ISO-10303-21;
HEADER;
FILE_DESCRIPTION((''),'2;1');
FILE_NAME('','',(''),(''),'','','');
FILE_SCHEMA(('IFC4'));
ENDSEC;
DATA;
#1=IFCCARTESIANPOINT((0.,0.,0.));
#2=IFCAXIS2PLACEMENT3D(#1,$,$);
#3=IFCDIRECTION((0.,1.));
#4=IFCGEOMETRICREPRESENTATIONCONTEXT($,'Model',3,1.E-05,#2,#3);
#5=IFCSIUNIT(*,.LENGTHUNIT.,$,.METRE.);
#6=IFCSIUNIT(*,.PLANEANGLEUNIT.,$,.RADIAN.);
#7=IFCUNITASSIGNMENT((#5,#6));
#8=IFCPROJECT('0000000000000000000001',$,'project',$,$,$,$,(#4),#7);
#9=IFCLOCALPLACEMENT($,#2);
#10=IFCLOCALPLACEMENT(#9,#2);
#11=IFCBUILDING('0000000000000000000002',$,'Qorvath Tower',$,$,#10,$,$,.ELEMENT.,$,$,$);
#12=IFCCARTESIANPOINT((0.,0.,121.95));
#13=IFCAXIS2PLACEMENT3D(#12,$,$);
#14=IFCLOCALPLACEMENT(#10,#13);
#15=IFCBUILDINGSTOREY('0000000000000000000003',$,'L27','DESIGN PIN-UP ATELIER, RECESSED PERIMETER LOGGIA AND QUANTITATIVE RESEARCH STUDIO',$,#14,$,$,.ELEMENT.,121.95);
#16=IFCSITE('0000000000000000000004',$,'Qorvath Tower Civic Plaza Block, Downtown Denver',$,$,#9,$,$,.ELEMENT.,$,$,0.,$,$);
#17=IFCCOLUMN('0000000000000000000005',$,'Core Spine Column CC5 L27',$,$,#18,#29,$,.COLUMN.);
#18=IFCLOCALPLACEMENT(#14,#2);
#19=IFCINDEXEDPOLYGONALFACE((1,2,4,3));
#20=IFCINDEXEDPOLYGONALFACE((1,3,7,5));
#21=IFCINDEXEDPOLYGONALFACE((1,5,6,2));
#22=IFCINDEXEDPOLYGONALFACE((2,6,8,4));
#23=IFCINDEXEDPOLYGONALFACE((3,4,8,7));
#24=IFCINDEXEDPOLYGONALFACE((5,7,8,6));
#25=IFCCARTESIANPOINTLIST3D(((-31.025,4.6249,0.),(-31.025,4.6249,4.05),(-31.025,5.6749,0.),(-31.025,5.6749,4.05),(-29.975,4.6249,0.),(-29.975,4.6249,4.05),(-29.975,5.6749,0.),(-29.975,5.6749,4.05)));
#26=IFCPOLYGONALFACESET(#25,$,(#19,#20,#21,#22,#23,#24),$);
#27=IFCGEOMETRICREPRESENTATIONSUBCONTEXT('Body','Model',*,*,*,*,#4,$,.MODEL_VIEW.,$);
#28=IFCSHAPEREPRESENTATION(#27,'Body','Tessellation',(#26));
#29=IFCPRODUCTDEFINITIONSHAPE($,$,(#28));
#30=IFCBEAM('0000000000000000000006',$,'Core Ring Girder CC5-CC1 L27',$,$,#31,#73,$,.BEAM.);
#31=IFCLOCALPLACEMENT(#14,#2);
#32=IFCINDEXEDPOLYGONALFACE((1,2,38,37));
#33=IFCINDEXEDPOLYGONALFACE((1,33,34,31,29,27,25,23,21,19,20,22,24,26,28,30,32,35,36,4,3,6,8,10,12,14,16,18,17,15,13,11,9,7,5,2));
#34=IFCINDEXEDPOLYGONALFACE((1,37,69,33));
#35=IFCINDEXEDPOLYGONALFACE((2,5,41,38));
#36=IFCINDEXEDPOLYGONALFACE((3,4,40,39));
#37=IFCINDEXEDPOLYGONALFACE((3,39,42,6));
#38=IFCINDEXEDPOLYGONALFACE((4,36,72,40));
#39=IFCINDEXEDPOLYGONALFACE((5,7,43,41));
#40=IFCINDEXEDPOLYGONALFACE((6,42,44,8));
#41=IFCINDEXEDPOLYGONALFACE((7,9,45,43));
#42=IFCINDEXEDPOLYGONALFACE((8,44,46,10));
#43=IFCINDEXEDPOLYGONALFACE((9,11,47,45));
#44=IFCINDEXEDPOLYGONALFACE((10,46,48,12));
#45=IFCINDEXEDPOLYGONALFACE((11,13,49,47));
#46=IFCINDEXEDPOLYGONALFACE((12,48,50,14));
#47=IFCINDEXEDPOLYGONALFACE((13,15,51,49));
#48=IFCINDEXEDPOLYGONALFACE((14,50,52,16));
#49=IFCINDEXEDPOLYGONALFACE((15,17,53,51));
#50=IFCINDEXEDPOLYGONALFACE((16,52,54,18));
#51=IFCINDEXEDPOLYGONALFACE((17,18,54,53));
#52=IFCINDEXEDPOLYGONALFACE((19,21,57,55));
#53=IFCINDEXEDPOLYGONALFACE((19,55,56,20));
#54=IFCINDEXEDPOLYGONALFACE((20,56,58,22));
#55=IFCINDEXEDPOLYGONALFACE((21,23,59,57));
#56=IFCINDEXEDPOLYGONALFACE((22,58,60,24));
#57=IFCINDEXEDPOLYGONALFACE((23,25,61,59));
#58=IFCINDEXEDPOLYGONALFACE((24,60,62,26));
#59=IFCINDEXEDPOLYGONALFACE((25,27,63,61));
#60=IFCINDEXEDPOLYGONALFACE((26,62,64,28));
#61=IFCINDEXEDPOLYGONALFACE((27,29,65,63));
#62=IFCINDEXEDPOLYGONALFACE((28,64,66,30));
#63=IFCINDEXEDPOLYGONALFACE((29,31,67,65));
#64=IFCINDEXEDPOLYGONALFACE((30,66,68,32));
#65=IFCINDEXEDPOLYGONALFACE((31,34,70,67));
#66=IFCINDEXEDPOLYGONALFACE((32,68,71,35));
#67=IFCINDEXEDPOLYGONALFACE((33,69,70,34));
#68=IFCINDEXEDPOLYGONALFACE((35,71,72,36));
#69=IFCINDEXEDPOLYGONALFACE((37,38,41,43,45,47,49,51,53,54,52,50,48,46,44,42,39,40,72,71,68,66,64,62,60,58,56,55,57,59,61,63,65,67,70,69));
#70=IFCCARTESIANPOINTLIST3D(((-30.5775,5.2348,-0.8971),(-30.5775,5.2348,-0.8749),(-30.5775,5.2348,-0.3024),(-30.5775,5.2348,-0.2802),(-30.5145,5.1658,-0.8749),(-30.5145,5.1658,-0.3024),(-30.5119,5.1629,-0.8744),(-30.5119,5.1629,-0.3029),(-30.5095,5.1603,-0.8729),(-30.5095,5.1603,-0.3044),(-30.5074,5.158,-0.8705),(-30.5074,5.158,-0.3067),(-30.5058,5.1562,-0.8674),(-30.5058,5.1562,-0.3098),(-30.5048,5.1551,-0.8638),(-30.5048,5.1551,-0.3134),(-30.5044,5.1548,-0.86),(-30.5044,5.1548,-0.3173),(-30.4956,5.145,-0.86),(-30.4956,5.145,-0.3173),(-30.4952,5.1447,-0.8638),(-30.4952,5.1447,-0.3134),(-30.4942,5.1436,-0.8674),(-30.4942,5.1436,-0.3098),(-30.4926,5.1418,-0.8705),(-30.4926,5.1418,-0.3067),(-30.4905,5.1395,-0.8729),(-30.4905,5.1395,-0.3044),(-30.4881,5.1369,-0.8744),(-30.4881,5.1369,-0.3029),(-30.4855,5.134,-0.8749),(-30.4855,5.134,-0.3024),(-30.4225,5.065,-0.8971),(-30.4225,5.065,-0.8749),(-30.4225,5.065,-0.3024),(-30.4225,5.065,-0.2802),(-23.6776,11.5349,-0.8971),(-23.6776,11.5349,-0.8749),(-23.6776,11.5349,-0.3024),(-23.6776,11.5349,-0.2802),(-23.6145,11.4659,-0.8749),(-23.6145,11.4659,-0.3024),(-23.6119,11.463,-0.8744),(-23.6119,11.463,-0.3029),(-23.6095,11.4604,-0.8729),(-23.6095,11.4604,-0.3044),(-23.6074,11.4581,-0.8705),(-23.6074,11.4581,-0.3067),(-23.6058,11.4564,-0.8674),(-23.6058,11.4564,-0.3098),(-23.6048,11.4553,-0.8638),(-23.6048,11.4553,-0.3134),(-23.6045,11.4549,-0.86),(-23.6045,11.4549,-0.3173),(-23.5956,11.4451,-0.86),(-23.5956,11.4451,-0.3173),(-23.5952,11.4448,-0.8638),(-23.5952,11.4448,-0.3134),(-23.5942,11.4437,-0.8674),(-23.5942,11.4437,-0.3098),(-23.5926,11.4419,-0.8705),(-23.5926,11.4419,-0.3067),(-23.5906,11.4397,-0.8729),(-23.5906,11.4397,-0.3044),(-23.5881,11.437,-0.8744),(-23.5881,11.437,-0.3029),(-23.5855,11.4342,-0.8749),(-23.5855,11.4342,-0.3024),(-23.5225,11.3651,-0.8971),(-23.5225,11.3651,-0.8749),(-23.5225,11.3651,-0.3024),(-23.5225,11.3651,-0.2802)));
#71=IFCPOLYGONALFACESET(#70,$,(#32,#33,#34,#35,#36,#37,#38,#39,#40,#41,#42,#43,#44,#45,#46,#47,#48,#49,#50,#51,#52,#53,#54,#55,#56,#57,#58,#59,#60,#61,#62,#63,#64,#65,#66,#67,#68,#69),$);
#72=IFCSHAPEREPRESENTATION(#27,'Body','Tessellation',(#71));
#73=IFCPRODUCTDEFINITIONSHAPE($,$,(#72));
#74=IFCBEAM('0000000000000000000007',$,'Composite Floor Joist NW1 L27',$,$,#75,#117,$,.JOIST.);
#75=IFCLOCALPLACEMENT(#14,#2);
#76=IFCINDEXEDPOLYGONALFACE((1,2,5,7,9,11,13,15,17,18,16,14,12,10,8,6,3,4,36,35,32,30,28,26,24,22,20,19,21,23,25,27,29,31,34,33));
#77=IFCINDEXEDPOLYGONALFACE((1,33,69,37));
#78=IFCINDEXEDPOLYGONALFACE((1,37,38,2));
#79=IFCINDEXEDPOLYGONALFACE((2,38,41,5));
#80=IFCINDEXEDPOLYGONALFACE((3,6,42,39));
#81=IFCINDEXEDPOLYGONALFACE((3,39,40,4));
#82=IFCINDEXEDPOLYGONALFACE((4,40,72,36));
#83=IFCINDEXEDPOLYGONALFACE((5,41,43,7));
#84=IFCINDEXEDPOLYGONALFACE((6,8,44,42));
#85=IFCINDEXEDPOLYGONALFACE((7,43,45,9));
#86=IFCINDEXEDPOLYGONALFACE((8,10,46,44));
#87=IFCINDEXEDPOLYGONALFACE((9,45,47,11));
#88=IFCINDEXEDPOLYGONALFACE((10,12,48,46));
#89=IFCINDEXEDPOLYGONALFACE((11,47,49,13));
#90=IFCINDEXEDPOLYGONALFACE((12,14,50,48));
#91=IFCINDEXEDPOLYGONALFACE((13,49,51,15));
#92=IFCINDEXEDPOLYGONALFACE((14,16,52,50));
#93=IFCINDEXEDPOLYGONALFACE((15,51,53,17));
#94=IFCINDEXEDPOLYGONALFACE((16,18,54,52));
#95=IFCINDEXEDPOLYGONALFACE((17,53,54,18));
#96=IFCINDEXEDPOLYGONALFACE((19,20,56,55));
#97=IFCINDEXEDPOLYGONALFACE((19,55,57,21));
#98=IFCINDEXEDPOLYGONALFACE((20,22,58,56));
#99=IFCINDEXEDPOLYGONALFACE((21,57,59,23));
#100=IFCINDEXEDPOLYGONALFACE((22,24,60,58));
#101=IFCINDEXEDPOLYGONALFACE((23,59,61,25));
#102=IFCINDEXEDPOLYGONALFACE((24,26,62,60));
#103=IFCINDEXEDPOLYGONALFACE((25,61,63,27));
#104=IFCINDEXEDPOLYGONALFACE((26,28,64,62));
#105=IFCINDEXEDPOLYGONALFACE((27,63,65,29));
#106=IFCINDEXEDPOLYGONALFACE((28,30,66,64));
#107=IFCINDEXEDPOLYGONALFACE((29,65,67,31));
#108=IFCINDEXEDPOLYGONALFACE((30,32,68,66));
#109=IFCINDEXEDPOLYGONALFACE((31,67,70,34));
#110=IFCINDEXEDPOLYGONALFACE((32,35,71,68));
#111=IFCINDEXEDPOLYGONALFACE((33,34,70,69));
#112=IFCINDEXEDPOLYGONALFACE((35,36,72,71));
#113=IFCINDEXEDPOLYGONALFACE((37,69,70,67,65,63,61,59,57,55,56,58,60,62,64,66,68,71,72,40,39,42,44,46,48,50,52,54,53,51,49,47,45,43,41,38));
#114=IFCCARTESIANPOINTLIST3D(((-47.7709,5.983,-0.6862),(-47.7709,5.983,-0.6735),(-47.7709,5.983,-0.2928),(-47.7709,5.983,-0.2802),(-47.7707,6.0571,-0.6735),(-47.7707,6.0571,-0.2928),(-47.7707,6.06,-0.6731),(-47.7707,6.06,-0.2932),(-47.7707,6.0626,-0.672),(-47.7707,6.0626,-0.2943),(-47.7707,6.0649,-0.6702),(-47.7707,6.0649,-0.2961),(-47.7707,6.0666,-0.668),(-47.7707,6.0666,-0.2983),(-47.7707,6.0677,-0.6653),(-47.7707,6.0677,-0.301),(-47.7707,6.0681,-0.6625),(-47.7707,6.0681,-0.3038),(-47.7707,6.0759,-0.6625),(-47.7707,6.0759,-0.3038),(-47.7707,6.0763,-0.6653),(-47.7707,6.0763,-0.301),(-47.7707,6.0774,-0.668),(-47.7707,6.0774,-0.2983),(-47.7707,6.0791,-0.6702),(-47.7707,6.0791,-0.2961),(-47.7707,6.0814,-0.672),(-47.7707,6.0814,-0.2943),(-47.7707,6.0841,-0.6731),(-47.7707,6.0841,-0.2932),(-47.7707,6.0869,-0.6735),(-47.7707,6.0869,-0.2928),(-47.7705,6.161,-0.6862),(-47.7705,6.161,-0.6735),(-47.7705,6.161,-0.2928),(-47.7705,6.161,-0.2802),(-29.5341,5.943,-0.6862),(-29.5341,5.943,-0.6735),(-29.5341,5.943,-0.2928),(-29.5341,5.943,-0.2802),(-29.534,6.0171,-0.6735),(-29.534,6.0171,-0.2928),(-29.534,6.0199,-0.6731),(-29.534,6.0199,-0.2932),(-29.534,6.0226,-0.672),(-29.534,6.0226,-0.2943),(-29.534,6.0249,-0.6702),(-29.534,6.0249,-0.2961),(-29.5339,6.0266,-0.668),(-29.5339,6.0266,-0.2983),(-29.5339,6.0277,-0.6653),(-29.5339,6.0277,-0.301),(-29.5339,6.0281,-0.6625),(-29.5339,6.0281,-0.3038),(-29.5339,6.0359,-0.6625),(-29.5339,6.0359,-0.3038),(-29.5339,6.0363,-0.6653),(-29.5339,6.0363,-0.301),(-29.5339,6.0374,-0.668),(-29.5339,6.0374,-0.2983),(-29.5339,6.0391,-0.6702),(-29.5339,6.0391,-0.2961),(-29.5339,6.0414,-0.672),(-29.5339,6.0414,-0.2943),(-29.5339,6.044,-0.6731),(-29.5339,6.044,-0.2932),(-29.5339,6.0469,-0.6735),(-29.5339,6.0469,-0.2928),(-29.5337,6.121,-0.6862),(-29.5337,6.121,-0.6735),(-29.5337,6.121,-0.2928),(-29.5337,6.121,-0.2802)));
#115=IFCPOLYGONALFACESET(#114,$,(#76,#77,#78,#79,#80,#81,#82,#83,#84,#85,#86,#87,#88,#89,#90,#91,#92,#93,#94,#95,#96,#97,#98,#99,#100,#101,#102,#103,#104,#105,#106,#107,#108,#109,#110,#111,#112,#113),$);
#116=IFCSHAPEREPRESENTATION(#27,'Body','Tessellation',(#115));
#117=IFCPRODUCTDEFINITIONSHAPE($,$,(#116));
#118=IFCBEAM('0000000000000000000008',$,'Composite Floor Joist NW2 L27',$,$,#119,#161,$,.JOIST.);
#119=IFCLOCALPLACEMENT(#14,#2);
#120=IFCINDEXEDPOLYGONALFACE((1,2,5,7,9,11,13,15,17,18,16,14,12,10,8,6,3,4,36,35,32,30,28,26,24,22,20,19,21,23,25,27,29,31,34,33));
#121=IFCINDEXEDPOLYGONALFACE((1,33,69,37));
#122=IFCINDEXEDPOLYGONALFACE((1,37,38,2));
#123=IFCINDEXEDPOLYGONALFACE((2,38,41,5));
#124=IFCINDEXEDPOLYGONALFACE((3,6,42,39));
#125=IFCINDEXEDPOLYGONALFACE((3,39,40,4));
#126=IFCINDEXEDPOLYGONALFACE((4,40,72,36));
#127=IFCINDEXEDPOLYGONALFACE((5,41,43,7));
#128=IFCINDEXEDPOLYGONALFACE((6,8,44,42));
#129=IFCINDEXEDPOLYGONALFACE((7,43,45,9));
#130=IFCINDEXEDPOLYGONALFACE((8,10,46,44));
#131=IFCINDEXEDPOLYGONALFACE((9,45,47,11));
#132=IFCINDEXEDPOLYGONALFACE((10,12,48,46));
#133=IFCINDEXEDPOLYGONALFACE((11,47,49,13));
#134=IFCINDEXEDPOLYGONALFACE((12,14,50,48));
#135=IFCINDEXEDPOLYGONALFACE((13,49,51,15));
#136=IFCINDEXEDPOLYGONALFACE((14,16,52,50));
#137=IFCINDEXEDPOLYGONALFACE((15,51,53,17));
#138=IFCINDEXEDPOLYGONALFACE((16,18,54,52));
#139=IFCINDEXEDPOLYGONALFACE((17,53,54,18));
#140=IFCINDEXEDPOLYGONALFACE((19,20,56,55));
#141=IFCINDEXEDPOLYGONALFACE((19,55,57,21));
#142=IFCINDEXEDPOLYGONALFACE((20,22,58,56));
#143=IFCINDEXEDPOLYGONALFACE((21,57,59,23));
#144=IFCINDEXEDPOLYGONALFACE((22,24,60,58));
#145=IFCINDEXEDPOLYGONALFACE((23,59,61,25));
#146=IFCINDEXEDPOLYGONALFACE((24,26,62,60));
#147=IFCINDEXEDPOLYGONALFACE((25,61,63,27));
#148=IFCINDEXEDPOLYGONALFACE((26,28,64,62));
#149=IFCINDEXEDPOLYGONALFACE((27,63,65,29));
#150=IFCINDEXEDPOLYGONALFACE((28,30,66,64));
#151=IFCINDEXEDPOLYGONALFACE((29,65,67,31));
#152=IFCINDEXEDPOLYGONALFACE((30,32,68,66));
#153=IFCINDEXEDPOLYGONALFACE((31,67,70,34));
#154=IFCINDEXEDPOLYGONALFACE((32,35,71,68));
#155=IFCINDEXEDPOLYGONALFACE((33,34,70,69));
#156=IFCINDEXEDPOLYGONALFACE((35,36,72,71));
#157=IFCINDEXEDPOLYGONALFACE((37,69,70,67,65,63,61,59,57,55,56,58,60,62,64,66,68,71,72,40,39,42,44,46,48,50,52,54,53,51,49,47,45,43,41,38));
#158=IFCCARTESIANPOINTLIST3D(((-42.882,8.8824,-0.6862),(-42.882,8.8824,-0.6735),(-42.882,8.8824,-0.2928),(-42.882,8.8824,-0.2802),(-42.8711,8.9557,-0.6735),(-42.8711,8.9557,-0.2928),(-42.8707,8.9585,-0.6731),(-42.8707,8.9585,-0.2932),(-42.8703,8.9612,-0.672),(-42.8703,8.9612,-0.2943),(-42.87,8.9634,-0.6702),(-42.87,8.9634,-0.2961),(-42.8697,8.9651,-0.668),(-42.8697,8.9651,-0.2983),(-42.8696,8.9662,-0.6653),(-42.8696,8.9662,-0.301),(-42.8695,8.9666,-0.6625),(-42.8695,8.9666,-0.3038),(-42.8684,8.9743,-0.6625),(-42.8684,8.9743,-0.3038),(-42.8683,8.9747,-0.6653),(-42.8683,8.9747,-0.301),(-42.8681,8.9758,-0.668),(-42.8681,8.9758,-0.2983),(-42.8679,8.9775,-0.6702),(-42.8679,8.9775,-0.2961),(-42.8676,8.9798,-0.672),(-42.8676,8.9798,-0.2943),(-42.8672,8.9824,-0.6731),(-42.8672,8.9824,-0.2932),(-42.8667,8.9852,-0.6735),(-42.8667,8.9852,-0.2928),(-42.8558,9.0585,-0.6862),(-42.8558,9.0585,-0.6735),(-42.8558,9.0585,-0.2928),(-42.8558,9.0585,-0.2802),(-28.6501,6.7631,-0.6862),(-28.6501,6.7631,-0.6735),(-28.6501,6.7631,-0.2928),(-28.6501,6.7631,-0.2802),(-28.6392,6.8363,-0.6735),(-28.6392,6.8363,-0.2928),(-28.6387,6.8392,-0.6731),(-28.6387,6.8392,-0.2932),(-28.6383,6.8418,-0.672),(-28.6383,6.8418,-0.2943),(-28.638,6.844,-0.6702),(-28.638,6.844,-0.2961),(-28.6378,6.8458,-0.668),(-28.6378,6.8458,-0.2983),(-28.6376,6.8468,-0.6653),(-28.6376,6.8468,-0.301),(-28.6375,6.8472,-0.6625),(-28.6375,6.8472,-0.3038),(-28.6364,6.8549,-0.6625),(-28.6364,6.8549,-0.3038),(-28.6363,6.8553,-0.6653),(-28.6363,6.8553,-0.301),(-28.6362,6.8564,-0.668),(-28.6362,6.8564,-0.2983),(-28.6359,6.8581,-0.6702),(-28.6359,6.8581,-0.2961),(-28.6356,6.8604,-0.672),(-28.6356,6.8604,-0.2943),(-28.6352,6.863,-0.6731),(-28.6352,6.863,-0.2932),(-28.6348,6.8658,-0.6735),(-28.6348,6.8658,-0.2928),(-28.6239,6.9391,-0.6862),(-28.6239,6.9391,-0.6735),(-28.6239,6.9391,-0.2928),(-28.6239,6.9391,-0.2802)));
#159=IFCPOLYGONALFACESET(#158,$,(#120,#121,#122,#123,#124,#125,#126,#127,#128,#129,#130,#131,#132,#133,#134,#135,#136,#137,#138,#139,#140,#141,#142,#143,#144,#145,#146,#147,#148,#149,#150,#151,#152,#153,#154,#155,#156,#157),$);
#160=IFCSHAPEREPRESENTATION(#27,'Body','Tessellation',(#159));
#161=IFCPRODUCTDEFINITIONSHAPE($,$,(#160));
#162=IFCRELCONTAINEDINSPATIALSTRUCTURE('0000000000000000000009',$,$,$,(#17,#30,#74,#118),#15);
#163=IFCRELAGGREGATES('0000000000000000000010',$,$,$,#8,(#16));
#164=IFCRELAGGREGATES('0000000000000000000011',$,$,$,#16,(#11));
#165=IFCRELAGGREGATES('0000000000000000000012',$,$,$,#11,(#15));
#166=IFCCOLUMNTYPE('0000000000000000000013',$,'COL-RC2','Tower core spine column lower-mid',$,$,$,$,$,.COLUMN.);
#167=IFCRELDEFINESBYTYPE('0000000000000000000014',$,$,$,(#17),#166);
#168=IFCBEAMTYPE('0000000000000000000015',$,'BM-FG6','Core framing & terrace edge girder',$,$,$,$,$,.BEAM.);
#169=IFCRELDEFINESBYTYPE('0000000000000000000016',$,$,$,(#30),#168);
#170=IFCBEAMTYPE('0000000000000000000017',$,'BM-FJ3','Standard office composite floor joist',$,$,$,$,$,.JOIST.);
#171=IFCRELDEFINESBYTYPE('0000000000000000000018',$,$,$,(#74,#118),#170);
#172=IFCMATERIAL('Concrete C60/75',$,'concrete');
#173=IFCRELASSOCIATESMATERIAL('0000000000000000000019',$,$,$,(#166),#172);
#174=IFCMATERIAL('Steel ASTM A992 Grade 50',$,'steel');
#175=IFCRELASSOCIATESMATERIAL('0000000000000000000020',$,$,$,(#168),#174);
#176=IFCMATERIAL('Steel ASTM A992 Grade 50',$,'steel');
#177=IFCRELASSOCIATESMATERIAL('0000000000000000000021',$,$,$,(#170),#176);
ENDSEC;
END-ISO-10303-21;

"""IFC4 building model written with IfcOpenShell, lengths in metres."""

from ifc_helpers import new_model, si_unit, direction, frame, origin, origin_2d, place, context, subcontext, project, spatial, rectangle, i_section, extrude, material, material_profile, profile_set, type_object, element, save


model = new_model("IFC4")

# Units and contexts
model_context = context("Model", 3, precision=1e-05, world=origin(), true_north=direction((0.0, 1.0)))
body_context = subcontext(model_context, "Body", "Model", "MODEL_VIEW")
ifc_project = project(units=[si_unit("LENGTHUNIT", "METRE"), si_unit("PLANEANGLEUNIT", "RADIAN")], contexts=[model_context])

# Site, building, storey
site_placement = place(None, origin())
site = spatial("IfcSite", under=ifc_project, at=site_placement, Name="Qorvath Tower Civic Plaza Block, Downtown Denver", CompositionType="ELEMENT", RefElevation=0.0)
building_placement = place(site_placement, origin())
building = spatial("IfcBuilding", under=site, at=building_placement, Name="Qorvath Tower", CompositionType="ELEMENT")
storey_placement = place(building_placement, frame((0.0, 0.0, 121.95)))
storey = spatial("IfcBuildingStorey", under=building, at=storey_placement, Name="L27", Description="DESIGN PIN-UP ATELIER, RECESSED PERIMETER LOGGIA AND QUANTITATIVE RESEARCH STUDIO", CompositionType="ELEMENT", Elevation=121.95)

# Column
ifc_material_1 = material(Name="Concrete C60/75", Category="concrete")
ifc_material_profile_1 = material_profile(ifc_material_1, rectangle(XDim=1.05, YDim=1.05, at=origin_2d()), Name="RC 1050x1050")
ifc_profile_set_1 = profile_set([ifc_material_profile_1], Name="Concrete C60/75")
column_type = type_object("IfcColumnType", Name="COL-RC2", Description="Tower core spine column lower-mid", PredefinedType="COLUMN", material=ifc_profile_set_1)
column_placement = place(storey_placement, frame((-30.5, 5.1499, 0.0), z_axis=(0.0, 0.0, 1.0), x_axis=(1.0, 0.0, 0.0)))
element("IfcColumn", 1, at=column_placement, inside=storey, type_object=column_type, Name="Core Spine Column CC5 L27", PredefinedType="COLUMN", context=body_context, shape_type="SweptSolid", body=[
    extrude(rectangle(XDim=1.05, YDim=1.05, at=origin_2d()), origin(), (0.0, 0.0, 1.0), 4.05),
])

# Beams
ifc_material_2 = material(Name="Steel ASTM A992 Grade 50", Category="steel")
ifc_material_profile_2 = material_profile(ifc_material_2, i_section(OverallWidth=0.23, OverallDepth=0.6169, WebThickness=0.0132, FlangeThickness=0.0222, FilletRadius=0.0149, at=origin_2d()), Name="W24x94")
ifc_profile_set_2 = profile_set([ifc_material_profile_2], Name="Steel ASTM A992 Grade 50")
beam_type_1 = type_object("IfcBeamType", Name="BM-FG6", Description="Core framing & terrace edge girder", PredefinedType="BEAM", material=ifc_profile_set_2)
beam_1_placement = place(storey_placement, frame((-30.5, 5.1499, -0.5886), z_axis=(0.738478, 0.674277, 0.0), x_axis=(-0.674277, 0.738478, 0.0)))
element("IfcBeam", 2, at=beam_1_placement, inside=storey, type_object=beam_type_1, Name="Core Ring Girder CC5-CC1 L27", PredefinedType="BEAM", context=body_context, shape_type="SweptSolid", body=[
    extrude(i_section(OverallWidth=0.23, OverallDepth=0.6169, WebThickness=0.0132, FlangeThickness=0.0222, FilletRadius=0.0149, at=origin_2d()), origin(), (0.0, 0.0, 1.0), 9.3435),
])
ifc_material_3 = material(Name="Steel ASTM A992 Grade 50", Category="steel")
ifc_material_profile_3 = material_profile(ifc_material_3, i_section(OverallWidth=0.178, OverallDepth=0.406, WebThickness=0.0078, FlangeThickness=0.0127, FilletRadius=0.011, at=origin_2d()), Name="W16x40")
ifc_profile_set_3 = profile_set([ifc_material_profile_3], Name="Steel ASTM A992 Grade 50")
beam_type_2 = type_object("IfcBeamType", Name="BM-FJ3", Description="Standard office composite floor joist", PredefinedType="JOIST", material=ifc_profile_set_3)
beam_2_placement = place(storey_placement, frame((-29.5339, 6.032, -0.4832), z_axis=(-0.999998, 0.002196, 0.0), x_axis=(-0.002196, -0.999998, 0.0)))
element("IfcBeam", 3, at=beam_2_placement, inside=storey, type_object=beam_type_2, Name="Composite Floor Joist NW1 L27", PredefinedType="JOIST", context=body_context, shape_type="SweptSolid", body=[
    extrude(i_section(OverallWidth=0.178, OverallDepth=0.406, WebThickness=0.0078, FlangeThickness=0.0127, FilletRadius=0.011, at=origin_2d()), origin(), (0.0, 0.0, 1.0), 18.2368),
])
beam_3_placement = place(storey_placement, frame((-28.637, 6.8511, -0.4832), z_axis=(-0.989093, 0.147293, 0.0), x_axis=(-0.147293, -0.989093, 0.0)))
element("IfcBeam", 4, at=beam_3_placement, inside=storey, type_object=beam_type_2, Name="Composite Floor Joist NW2 L27", PredefinedType="JOIST", context=body_context, shape_type="SweptSolid", body=[
    extrude(i_section(OverallWidth=0.178, OverallDepth=0.406, WebThickness=0.0078, FlangeThickness=0.0127, FilletRadius=0.011, at=origin_2d()), origin(), (0.0, 0.0, 1.0), 14.3889),
])

save(model, "model.ifc")
